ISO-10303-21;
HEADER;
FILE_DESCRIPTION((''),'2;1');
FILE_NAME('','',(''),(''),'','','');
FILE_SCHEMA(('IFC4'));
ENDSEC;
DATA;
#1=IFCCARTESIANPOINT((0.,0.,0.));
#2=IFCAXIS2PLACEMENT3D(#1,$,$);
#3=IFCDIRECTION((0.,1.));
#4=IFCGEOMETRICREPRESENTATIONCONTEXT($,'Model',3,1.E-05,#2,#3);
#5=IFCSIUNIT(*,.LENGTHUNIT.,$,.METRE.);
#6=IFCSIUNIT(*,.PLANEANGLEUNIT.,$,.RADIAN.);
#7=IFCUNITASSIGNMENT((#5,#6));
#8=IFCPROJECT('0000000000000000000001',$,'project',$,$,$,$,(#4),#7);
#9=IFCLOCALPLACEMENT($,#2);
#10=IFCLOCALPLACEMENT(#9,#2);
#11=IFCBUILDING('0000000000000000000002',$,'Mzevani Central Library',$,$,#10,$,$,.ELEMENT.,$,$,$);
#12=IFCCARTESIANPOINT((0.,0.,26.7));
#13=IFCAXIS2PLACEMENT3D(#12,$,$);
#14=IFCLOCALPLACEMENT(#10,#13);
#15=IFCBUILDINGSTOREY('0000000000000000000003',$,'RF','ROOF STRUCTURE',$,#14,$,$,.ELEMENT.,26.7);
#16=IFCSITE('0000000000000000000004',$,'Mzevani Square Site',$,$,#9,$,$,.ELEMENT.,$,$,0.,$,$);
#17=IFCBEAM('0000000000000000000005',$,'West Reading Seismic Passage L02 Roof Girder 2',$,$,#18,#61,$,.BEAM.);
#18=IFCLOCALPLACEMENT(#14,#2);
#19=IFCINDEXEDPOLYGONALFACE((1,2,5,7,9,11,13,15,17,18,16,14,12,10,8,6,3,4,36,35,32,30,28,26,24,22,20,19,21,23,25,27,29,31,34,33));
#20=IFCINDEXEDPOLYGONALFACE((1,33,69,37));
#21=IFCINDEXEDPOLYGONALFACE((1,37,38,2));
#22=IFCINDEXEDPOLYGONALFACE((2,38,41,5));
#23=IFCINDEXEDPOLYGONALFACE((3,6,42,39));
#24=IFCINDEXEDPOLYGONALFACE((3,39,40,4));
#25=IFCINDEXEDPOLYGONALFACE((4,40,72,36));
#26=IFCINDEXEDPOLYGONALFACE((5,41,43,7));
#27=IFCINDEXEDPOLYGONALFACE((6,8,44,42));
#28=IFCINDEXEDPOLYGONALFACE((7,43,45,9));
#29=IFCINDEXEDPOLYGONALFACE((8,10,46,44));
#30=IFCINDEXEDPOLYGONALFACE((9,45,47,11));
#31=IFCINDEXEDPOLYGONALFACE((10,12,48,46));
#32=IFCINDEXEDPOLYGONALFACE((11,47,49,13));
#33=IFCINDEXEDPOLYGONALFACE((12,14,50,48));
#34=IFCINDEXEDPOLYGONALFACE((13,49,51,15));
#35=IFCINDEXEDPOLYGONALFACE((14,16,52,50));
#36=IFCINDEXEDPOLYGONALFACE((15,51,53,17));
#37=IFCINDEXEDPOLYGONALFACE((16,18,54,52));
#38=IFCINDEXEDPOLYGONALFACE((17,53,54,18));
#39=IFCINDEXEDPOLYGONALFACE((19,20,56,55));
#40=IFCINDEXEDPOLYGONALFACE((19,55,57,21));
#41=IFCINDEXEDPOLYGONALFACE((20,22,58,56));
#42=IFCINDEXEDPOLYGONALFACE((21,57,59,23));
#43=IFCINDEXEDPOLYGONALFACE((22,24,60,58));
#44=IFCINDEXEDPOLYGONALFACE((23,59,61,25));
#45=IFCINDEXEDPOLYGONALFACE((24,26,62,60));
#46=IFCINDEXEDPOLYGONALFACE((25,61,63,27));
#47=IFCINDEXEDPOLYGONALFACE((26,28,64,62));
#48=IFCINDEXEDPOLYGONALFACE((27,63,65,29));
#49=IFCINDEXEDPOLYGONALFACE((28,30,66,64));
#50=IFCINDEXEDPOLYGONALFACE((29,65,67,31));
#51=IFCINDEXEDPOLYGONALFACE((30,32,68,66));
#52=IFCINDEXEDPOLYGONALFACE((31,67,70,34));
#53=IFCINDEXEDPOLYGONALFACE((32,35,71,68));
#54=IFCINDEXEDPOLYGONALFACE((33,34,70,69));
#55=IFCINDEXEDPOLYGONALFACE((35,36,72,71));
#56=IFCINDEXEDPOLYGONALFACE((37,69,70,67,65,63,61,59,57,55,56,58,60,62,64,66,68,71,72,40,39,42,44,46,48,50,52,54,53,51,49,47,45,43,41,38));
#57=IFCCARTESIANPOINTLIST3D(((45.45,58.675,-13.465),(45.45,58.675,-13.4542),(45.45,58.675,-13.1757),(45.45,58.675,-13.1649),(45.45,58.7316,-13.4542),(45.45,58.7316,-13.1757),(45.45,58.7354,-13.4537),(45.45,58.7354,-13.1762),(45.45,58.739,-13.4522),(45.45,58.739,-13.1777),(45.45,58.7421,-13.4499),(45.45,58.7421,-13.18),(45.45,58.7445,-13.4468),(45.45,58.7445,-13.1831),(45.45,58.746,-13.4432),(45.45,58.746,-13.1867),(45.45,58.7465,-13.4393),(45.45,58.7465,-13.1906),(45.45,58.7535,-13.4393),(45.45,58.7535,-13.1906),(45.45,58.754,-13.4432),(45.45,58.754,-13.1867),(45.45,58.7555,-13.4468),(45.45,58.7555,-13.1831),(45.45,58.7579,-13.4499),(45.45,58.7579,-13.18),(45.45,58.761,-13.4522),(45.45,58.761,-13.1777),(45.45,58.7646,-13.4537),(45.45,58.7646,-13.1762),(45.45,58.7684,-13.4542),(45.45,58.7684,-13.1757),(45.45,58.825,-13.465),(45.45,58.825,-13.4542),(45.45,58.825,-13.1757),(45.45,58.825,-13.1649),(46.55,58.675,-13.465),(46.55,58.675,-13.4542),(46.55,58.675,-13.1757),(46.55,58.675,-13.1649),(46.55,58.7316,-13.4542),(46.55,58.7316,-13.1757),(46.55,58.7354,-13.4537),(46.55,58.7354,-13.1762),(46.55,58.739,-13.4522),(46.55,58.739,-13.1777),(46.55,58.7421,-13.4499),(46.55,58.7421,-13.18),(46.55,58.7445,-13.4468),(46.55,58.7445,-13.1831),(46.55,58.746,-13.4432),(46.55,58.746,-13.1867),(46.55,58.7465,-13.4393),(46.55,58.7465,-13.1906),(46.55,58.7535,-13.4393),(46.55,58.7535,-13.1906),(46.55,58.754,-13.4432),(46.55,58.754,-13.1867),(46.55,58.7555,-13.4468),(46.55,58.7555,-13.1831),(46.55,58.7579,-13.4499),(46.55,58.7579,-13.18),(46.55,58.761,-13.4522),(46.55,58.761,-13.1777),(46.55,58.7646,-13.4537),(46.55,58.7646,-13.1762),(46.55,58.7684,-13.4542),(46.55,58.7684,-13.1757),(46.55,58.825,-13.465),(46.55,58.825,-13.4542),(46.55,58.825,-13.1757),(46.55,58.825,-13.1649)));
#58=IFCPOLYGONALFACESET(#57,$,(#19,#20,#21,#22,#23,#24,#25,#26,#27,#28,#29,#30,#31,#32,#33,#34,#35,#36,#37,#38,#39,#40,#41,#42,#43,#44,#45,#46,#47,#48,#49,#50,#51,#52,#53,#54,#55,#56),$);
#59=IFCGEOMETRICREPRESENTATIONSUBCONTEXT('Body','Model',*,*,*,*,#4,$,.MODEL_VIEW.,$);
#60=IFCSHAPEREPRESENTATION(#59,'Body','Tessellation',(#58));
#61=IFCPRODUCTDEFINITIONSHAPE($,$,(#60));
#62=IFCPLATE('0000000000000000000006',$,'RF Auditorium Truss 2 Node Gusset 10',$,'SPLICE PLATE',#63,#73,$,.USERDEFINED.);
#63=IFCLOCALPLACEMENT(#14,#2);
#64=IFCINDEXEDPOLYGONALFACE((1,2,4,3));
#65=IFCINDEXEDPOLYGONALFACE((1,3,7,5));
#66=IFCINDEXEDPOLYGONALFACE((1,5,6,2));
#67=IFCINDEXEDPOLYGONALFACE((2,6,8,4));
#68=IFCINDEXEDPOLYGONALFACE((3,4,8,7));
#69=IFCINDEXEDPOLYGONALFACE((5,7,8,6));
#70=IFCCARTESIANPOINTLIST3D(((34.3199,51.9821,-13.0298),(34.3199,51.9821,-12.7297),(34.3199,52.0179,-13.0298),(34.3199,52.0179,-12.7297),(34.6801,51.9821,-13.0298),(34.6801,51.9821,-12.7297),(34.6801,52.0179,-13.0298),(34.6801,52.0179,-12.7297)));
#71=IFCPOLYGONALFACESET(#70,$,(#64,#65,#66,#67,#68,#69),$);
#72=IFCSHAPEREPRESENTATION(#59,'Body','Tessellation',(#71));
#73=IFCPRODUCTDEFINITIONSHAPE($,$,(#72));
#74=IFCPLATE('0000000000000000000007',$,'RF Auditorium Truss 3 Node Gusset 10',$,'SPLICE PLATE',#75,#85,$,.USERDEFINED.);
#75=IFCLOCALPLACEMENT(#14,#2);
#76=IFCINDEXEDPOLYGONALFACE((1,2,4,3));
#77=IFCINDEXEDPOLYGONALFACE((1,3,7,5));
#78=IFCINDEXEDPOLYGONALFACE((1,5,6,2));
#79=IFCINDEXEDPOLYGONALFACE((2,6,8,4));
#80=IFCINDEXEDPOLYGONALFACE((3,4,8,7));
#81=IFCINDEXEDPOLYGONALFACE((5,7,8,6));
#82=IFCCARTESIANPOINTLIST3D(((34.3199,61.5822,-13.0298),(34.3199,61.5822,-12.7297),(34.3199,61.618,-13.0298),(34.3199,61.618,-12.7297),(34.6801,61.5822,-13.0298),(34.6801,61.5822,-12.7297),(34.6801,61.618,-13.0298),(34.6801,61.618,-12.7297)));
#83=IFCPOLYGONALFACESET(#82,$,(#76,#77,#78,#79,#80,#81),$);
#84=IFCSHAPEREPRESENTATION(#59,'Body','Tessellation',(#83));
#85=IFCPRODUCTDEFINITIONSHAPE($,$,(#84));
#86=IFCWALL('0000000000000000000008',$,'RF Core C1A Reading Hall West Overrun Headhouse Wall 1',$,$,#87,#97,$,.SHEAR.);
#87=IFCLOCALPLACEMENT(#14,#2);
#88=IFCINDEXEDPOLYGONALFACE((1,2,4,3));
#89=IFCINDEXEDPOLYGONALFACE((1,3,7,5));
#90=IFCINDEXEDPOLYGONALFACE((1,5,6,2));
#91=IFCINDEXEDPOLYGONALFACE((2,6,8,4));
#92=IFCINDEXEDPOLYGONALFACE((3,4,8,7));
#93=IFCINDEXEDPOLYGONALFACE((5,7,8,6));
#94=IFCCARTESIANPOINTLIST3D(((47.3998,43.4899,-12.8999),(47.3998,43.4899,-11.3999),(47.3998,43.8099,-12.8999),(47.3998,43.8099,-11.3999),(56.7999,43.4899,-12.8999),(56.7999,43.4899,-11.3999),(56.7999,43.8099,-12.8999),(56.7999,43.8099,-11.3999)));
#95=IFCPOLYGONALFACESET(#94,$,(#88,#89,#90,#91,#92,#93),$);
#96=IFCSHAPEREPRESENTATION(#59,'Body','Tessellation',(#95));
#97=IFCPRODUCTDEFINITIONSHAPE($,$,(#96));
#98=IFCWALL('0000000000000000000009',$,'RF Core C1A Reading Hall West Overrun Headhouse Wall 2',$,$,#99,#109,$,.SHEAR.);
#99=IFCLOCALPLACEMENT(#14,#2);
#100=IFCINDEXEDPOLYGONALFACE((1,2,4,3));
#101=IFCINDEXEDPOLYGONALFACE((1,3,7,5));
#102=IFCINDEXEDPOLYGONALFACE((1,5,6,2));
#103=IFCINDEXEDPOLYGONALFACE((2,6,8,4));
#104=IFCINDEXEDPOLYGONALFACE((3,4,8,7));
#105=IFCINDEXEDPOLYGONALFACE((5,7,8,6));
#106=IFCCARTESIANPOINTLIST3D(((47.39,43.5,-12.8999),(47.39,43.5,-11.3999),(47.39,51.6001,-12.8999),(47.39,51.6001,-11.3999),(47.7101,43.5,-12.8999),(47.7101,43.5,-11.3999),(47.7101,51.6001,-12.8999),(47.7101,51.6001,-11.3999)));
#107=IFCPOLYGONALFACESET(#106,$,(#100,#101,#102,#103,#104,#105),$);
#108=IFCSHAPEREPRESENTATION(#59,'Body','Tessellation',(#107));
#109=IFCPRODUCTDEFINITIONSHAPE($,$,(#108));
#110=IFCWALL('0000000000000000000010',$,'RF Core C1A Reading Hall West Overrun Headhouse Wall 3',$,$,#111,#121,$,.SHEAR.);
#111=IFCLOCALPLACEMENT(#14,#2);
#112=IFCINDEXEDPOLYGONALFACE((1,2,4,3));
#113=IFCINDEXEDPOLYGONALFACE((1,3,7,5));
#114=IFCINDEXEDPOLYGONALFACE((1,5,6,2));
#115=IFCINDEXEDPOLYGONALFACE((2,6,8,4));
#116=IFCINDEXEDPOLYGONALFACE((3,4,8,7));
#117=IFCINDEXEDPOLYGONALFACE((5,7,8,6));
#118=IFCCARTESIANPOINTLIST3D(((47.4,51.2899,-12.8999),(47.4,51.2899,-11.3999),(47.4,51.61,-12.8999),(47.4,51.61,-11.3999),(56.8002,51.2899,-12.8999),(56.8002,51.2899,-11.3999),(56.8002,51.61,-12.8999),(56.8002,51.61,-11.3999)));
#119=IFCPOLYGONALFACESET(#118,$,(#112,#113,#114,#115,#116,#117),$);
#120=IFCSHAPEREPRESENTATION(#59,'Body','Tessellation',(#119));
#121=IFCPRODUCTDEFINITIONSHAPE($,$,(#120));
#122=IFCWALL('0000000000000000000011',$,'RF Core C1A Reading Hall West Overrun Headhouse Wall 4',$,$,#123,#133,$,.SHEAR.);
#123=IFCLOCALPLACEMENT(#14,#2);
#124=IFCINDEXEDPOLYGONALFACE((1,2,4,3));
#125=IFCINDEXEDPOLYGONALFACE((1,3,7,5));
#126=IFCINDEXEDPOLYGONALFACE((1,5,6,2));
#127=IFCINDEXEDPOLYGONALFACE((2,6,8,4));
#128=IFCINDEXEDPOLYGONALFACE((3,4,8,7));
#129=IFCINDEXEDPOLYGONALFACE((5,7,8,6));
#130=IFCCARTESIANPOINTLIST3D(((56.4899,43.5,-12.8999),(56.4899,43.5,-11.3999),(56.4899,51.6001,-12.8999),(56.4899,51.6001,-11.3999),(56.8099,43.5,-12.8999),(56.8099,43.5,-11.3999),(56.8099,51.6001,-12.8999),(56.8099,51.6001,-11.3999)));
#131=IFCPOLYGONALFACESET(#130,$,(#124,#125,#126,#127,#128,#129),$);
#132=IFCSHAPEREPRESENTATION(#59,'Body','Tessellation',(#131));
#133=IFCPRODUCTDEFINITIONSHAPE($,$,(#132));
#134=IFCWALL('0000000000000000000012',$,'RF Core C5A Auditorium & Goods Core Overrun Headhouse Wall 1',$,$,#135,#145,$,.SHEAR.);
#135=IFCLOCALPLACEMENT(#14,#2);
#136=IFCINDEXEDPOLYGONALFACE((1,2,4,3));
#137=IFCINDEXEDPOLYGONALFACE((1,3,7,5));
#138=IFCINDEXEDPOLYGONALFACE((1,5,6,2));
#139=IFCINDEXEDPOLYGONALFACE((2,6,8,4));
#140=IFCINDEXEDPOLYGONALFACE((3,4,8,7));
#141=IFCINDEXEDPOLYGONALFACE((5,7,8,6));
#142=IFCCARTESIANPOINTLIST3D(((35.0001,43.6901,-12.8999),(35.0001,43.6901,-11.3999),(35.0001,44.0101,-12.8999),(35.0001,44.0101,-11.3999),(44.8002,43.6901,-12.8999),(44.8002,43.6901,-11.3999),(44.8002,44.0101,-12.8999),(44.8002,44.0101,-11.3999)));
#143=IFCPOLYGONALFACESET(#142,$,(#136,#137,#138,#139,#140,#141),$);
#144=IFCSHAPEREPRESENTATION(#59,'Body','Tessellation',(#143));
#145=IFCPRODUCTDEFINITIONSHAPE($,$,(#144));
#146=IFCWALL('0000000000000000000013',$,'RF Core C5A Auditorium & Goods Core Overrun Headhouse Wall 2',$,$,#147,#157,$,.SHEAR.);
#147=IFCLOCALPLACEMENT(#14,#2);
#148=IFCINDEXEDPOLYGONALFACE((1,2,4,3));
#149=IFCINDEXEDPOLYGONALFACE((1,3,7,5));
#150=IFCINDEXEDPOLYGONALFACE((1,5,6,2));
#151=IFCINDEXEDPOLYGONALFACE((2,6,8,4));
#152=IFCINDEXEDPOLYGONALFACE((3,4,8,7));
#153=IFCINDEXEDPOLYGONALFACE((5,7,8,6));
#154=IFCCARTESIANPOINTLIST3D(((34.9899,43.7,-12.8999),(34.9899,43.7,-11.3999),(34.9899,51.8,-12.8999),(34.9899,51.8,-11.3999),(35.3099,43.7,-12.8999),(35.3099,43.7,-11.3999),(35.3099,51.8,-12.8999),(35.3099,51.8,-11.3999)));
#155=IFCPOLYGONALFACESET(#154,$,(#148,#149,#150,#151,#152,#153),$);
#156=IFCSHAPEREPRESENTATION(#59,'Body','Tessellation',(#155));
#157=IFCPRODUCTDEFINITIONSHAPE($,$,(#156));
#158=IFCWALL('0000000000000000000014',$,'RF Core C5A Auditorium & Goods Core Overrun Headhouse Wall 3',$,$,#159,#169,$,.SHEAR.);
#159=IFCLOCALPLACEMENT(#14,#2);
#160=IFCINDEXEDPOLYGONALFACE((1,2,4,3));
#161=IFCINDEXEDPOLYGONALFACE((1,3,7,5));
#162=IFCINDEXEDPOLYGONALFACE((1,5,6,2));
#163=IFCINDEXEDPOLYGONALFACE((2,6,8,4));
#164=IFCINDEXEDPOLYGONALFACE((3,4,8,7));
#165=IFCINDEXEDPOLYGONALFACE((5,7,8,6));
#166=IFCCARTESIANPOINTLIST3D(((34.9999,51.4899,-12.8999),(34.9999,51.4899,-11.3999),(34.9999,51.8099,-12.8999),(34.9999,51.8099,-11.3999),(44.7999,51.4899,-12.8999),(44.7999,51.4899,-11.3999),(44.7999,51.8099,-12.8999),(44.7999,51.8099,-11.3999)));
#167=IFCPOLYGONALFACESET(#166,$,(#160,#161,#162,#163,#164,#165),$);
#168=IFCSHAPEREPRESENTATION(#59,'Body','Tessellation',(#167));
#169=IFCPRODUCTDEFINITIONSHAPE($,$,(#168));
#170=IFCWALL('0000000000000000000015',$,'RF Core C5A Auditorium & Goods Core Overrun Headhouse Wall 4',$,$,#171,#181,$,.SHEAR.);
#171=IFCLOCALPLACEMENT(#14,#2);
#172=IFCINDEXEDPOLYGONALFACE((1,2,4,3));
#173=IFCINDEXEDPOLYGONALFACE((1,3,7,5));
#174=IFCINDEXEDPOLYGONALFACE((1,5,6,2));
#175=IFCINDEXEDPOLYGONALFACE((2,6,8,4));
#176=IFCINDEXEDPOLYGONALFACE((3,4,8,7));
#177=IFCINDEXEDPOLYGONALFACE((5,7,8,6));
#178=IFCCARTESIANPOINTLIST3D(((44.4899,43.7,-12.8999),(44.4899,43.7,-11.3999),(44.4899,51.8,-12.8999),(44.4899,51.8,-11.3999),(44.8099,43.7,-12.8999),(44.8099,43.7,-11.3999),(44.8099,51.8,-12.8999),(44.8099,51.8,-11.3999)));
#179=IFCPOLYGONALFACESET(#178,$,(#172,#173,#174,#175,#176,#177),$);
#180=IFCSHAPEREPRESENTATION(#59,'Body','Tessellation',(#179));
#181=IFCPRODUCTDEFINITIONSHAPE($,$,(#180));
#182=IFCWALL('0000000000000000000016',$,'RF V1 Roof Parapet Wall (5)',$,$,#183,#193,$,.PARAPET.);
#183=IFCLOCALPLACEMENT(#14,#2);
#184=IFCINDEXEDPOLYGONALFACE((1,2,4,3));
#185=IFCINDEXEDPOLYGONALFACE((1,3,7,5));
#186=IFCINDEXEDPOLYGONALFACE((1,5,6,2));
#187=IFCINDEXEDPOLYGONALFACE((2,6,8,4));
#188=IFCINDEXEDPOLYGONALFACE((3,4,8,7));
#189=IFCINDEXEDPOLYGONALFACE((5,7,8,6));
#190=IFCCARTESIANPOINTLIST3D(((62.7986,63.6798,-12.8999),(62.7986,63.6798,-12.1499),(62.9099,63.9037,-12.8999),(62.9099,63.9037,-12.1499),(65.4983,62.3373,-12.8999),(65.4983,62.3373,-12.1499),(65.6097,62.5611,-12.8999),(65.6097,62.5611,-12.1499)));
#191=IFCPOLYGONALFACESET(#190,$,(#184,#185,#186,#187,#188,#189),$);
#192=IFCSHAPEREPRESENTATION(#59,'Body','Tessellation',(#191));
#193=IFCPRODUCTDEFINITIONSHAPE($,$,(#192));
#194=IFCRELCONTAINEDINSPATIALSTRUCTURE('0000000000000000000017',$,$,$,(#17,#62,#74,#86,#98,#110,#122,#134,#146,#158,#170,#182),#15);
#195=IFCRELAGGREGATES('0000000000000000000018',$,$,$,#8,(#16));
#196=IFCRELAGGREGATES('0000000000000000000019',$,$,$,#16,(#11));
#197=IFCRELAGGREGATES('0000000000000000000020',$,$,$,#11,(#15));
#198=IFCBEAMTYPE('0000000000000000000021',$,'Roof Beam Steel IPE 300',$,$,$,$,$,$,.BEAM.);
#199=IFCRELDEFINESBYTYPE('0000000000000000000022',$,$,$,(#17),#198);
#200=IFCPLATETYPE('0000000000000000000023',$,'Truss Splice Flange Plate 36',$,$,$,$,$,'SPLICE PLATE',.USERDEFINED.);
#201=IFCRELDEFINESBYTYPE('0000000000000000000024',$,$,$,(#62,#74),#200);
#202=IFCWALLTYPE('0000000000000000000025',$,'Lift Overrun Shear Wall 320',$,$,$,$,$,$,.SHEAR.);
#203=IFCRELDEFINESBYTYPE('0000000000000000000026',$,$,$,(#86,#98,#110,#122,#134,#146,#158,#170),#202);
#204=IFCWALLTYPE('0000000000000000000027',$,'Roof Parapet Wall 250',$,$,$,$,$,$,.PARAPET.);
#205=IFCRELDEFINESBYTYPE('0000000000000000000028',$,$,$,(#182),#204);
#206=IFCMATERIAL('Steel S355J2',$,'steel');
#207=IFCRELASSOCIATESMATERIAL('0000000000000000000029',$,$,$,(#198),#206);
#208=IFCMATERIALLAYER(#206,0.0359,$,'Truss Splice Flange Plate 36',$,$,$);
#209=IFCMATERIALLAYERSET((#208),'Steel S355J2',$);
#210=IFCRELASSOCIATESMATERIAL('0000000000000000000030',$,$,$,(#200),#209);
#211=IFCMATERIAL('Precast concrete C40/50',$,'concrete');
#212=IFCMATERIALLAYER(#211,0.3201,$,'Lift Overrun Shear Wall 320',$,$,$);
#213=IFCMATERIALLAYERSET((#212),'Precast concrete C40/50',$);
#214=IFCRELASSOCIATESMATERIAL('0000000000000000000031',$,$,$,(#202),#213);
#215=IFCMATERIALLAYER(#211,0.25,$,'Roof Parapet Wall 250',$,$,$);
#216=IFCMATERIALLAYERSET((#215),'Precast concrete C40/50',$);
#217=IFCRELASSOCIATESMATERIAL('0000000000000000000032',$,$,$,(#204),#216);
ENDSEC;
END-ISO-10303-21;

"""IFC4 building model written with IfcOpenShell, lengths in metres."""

from ifc_helpers import new_model, si_unit, direction, frame, frame_2d, origin, origin_2d, place, context, subcontext, project, spatial, rectangle, i_section, extrude, material, layer, layer_set, material_profile, profile_set, type_object, element, save


model = new_model("IFC4")

# Units and contexts
model_context = context("Model", 3, precision=1e-05, world=origin(), true_north=direction((0.0, 1.0)))
body_context = subcontext(model_context, "Body", "Model", "MODEL_VIEW")
ifc_project = project(units=[si_unit("LENGTHUNIT", "METRE"), si_unit("PLANEANGLEUNIT", "RADIAN")], contexts=[model_context])

# Site, building, storey
site_placement = place(None, origin())
site = spatial("IfcSite", under=ifc_project, at=site_placement, Name="Mzevani Square Site", CompositionType="ELEMENT", RefElevation=0.0)
building_placement = place(site_placement, origin())
building = spatial("IfcBuilding", under=site, at=building_placement, Name="Mzevani Central Library", CompositionType="ELEMENT")
storey_placement = place(building_placement, frame((0.0, 0.0, 26.7)))
storey = spatial("IfcBuildingStorey", under=building, at=storey_placement, Name="RF", Description="ROOF STRUCTURE", CompositionType="ELEMENT", Elevation=26.7)

# Beam
ifc_material_1 = material(Name="Steel S355J2", Category="steel")
ifc_material_profile_1 = material_profile(ifc_material_1, i_section(OverallWidth=0.1499, OverallDepth=0.3, WebThickness=0.0071, FlangeThickness=0.0107, FilletRadius=0.0149, at=origin_2d()), Name="IPE 300")
ifc_profile_set_1 = profile_set([ifc_material_profile_1], Name="Steel S355J2")
beam_type_1 = type_object("IfcBeamType", Name="Roof Beam Steel IPE 300", PredefinedType="BEAM", material=ifc_profile_set_1)
for number, where, z_axis, x_axis, name in (
    (1, (45.45, 58.75, -13.3149), (1.0, 0.0, 0.0), (0.0, 1.0, 0.0), "West Reading Seismic Passage L02 Roof Girder 2"),
):
    element("IfcBeam", number, at=place(storey_placement, frame(where, z_axis=z_axis, x_axis=x_axis)), inside=storey, type_object=beam_type_1, Name=name, PredefinedType="BEAM", context=body_context, shape_type="SweptSolid", body=[
        extrude(i_section(OverallWidth=0.1499, OverallDepth=0.3, WebThickness=0.0071, FlangeThickness=0.0107, FilletRadius=0.0149, at=origin_2d()), origin(), (0.0, 0.0, 1.0), 1.1001),
    ])

# Plates
ifc_layer_1 = layer(ifc_material_1, 0.0359, Name="Truss Splice Flange Plate 36")
ifc_layer_set_1 = layer_set([ifc_layer_1], Name="Steel S355J2")
plate_type = type_object("IfcPlateType", Name="Truss Splice Flange Plate 36", ElementType="SPLICE PLATE", PredefinedType="USERDEFINED", material=ifc_layer_set_1)
for number, where, z_axis, x_axis, name in (
    (2, (34.5, 52.0, -13.0298), (0.0, 0.0, 1.0), (1.0, 0.0, 0.0), "RF Auditorium Truss 2 Node Gusset 10"),
    (3, (34.5, 61.6001, -13.0298), (0.0, 0.0, 1.0), (1.0, 0.0, 0.0), "RF Auditorium Truss 3 Node Gusset 10"),
):
    element("IfcPlate", number, at=place(storey_placement, frame(where, z_axis=z_axis, x_axis=x_axis)), inside=storey, type_object=plate_type, Name=name, ObjectType="SPLICE PLATE", PredefinedType="USERDEFINED", context=body_context, shape_type="SweptSolid", body=[
        extrude(rectangle(XDim=0.3601, YDim=0.0359, at=origin_2d()), origin(), (0.0, 0.0, 1.0), 0.3),
    ])

# Walls
ifc_material_2 = material(Name="Precast concrete C40/50", Category="concrete")
ifc_layer_2 = layer(ifc_material_2, 0.3201, Name="Lift Overrun Shear Wall 320")
ifc_layer_set_2 = layer_set([ifc_layer_2], Name="Precast concrete C40/50")
wall_type_1 = type_object("IfcWallType", Name="Lift Overrun Shear Wall 320", PredefinedType="SHEAR", material=ifc_layer_set_2)
wall_1_placement = place(storey_placement, frame((56.8, 43.6499, -12.8999), z_axis=(0.0, 0.0, 1.0), x_axis=(-1.0, 0.0, 0.0)))
element("IfcWall", 4, at=wall_1_placement, inside=storey, type_object=wall_type_1, Name="RF Core C1A Reading Hall West Overrun Headhouse Wall 1", PredefinedType="SHEAR", context=body_context, shape_type="SweptSolid", body=[
    extrude(rectangle(XDim=9.4001, YDim=0.3201, at=frame_2d((4.7002, 0.0))), origin(), (0.0, 0.0, 1.0), 1.5),
])
wall_2_placement = place(storey_placement, frame((47.55, 43.5, -12.8999), z_axis=(0.0, 0.0, 1.0), x_axis=(0.0, 1.0, 0.0)))
element("IfcWall", 5, at=wall_2_placement, inside=storey, type_object=wall_type_1, Name="RF Core C1A Reading Hall West Overrun Headhouse Wall 2", PredefinedType="SHEAR", context=body_context, shape_type="SweptSolid", body=[
    extrude(rectangle(XDim=8.1001, YDim=0.3201, at=frame_2d((4.05, 0.0))), origin(), (0.0, 0.0, 1.0), 1.5),
])
wall_3_placement = place(storey_placement, frame((47.3999, 51.45, -12.8999), z_axis=(0.0, 0.0, 1.0), x_axis=(1.0, 0.0, 0.0)))
element("IfcWall", 6, at=wall_3_placement, inside=storey, type_object=wall_type_1, Name="RF Core C1A Reading Hall West Overrun Headhouse Wall 3", PredefinedType="SHEAR", context=body_context, shape_type="SweptSolid", body=[
    extrude(rectangle(XDim=9.4001, YDim=0.3201, at=frame_2d((4.7002, 0.0))), origin(), (0.0, 0.0, 1.0), 1.5),
])
wall_4_placement = place(storey_placement, frame((56.6499, 51.6001, -12.8999), z_axis=(0.0, 0.0, 1.0), x_axis=(0.0, -1.0, 0.0)))
element("IfcWall", 7, at=wall_4_placement, inside=storey, type_object=wall_type_1, Name="RF Core C1A Reading Hall West Overrun Headhouse Wall 4", PredefinedType="SHEAR", context=body_context, shape_type="SweptSolid", body=[
    extrude(rectangle(XDim=8.1001, YDim=0.3201, at=frame_2d((4.05, 0.0))), origin(), (0.0, 0.0, 1.0), 1.5),
])
wall_5_placement = place(storey_placement, frame((44.8, 43.8501, -12.8999), z_axis=(0.0, 0.0, 1.0), x_axis=(-1.0, 0.0, 0.0)))
element("IfcWall", 8, at=wall_5_placement, inside=storey, type_object=wall_type_1, Name="RF Core C5A Auditorium & Goods Core Overrun Headhouse Wall 1", PredefinedType="SHEAR", context=body_context, shape_type="SweptSolid", body=[
    extrude(rectangle(XDim=9.8, YDim=0.3201, at=frame_2d((4.8999, 0.0))), origin(), (0.0, 0.0, 1.0), 1.5),
])
wall_6_placement = place(storey_placement, frame((35.1499, 43.7, -12.8999), z_axis=(0.0, 0.0, 1.0), x_axis=(0.0, 1.0, 0.0)))
element("IfcWall", 9, at=wall_6_placement, inside=storey, type_object=wall_type_1, Name="RF Core C5A Auditorium & Goods Core Overrun Headhouse Wall 2", PredefinedType="SHEAR", context=body_context, shape_type="SweptSolid", body=[
    extrude(rectangle(XDim=8.1001, YDim=0.3201, at=frame_2d((4.05, 0.0))), origin(), (0.0, 0.0, 1.0), 1.5),
])
wall_7_placement = place(storey_placement, frame((35.0, 51.6499, -12.8999), z_axis=(0.0, 0.0, 1.0), x_axis=(1.0, 0.0, 0.0)))
element("IfcWall", 10, at=wall_7_placement, inside=storey, type_object=wall_type_1, Name="RF Core C5A Auditorium & Goods Core Overrun Headhouse Wall 3", PredefinedType="SHEAR", context=body_context, shape_type="SweptSolid", body=[
    extrude(rectangle(XDim=9.8, YDim=0.3201, at=frame_2d((4.8999, 0.0))), origin(), (0.0, 0.0, 1.0), 1.5),
])
wall_8_placement = place(storey_placement, frame((44.6499, 51.8, -12.8999), z_axis=(0.0, 0.0, 1.0), x_axis=(0.0, -1.0, 0.0)))
element("IfcWall", 11, at=wall_8_placement, inside=storey, type_object=wall_type_1, Name="RF Core C5A Auditorium & Goods Core Overrun Headhouse Wall 4", PredefinedType="SHEAR", context=body_context, shape_type="SweptSolid", body=[
    extrude(rectangle(XDim=8.1001, YDim=0.3201, at=frame_2d((4.05, 0.0))), origin(), (0.0, 0.0, 1.0), 1.5),
])
ifc_layer_3 = layer(ifc_material_2, 0.25, Name="Roof Parapet Wall 250")
ifc_layer_set_3 = layer_set([ifc_layer_3], Name="Precast concrete C40/50")
wall_type_2 = type_object("IfcWallType", Name="Roof Parapet Wall 250", PredefinedType="PARAPET", material=ifc_layer_set_3)
wall_9_placement = place(storey_placement, frame((62.8542, 63.7917, -12.8999), z_axis=(0.0, 0.0, 1.0), x_axis=(0.895397, -0.445269, 0.0)))
element("IfcWall", 12, at=wall_9_placement, inside=storey, type_object=wall_type_2, Name="RF V1 Roof Parapet Wall (5)", PredefinedType="PARAPET", context=body_context, shape_type="SweptSolid", body=[
    extrude(rectangle(XDim=3.0151, YDim=0.25, at=frame_2d((1.5076, 0.0))), origin(), (0.0, 0.0, 1.0), 0.75),
])

save(model, "model.ifc")
